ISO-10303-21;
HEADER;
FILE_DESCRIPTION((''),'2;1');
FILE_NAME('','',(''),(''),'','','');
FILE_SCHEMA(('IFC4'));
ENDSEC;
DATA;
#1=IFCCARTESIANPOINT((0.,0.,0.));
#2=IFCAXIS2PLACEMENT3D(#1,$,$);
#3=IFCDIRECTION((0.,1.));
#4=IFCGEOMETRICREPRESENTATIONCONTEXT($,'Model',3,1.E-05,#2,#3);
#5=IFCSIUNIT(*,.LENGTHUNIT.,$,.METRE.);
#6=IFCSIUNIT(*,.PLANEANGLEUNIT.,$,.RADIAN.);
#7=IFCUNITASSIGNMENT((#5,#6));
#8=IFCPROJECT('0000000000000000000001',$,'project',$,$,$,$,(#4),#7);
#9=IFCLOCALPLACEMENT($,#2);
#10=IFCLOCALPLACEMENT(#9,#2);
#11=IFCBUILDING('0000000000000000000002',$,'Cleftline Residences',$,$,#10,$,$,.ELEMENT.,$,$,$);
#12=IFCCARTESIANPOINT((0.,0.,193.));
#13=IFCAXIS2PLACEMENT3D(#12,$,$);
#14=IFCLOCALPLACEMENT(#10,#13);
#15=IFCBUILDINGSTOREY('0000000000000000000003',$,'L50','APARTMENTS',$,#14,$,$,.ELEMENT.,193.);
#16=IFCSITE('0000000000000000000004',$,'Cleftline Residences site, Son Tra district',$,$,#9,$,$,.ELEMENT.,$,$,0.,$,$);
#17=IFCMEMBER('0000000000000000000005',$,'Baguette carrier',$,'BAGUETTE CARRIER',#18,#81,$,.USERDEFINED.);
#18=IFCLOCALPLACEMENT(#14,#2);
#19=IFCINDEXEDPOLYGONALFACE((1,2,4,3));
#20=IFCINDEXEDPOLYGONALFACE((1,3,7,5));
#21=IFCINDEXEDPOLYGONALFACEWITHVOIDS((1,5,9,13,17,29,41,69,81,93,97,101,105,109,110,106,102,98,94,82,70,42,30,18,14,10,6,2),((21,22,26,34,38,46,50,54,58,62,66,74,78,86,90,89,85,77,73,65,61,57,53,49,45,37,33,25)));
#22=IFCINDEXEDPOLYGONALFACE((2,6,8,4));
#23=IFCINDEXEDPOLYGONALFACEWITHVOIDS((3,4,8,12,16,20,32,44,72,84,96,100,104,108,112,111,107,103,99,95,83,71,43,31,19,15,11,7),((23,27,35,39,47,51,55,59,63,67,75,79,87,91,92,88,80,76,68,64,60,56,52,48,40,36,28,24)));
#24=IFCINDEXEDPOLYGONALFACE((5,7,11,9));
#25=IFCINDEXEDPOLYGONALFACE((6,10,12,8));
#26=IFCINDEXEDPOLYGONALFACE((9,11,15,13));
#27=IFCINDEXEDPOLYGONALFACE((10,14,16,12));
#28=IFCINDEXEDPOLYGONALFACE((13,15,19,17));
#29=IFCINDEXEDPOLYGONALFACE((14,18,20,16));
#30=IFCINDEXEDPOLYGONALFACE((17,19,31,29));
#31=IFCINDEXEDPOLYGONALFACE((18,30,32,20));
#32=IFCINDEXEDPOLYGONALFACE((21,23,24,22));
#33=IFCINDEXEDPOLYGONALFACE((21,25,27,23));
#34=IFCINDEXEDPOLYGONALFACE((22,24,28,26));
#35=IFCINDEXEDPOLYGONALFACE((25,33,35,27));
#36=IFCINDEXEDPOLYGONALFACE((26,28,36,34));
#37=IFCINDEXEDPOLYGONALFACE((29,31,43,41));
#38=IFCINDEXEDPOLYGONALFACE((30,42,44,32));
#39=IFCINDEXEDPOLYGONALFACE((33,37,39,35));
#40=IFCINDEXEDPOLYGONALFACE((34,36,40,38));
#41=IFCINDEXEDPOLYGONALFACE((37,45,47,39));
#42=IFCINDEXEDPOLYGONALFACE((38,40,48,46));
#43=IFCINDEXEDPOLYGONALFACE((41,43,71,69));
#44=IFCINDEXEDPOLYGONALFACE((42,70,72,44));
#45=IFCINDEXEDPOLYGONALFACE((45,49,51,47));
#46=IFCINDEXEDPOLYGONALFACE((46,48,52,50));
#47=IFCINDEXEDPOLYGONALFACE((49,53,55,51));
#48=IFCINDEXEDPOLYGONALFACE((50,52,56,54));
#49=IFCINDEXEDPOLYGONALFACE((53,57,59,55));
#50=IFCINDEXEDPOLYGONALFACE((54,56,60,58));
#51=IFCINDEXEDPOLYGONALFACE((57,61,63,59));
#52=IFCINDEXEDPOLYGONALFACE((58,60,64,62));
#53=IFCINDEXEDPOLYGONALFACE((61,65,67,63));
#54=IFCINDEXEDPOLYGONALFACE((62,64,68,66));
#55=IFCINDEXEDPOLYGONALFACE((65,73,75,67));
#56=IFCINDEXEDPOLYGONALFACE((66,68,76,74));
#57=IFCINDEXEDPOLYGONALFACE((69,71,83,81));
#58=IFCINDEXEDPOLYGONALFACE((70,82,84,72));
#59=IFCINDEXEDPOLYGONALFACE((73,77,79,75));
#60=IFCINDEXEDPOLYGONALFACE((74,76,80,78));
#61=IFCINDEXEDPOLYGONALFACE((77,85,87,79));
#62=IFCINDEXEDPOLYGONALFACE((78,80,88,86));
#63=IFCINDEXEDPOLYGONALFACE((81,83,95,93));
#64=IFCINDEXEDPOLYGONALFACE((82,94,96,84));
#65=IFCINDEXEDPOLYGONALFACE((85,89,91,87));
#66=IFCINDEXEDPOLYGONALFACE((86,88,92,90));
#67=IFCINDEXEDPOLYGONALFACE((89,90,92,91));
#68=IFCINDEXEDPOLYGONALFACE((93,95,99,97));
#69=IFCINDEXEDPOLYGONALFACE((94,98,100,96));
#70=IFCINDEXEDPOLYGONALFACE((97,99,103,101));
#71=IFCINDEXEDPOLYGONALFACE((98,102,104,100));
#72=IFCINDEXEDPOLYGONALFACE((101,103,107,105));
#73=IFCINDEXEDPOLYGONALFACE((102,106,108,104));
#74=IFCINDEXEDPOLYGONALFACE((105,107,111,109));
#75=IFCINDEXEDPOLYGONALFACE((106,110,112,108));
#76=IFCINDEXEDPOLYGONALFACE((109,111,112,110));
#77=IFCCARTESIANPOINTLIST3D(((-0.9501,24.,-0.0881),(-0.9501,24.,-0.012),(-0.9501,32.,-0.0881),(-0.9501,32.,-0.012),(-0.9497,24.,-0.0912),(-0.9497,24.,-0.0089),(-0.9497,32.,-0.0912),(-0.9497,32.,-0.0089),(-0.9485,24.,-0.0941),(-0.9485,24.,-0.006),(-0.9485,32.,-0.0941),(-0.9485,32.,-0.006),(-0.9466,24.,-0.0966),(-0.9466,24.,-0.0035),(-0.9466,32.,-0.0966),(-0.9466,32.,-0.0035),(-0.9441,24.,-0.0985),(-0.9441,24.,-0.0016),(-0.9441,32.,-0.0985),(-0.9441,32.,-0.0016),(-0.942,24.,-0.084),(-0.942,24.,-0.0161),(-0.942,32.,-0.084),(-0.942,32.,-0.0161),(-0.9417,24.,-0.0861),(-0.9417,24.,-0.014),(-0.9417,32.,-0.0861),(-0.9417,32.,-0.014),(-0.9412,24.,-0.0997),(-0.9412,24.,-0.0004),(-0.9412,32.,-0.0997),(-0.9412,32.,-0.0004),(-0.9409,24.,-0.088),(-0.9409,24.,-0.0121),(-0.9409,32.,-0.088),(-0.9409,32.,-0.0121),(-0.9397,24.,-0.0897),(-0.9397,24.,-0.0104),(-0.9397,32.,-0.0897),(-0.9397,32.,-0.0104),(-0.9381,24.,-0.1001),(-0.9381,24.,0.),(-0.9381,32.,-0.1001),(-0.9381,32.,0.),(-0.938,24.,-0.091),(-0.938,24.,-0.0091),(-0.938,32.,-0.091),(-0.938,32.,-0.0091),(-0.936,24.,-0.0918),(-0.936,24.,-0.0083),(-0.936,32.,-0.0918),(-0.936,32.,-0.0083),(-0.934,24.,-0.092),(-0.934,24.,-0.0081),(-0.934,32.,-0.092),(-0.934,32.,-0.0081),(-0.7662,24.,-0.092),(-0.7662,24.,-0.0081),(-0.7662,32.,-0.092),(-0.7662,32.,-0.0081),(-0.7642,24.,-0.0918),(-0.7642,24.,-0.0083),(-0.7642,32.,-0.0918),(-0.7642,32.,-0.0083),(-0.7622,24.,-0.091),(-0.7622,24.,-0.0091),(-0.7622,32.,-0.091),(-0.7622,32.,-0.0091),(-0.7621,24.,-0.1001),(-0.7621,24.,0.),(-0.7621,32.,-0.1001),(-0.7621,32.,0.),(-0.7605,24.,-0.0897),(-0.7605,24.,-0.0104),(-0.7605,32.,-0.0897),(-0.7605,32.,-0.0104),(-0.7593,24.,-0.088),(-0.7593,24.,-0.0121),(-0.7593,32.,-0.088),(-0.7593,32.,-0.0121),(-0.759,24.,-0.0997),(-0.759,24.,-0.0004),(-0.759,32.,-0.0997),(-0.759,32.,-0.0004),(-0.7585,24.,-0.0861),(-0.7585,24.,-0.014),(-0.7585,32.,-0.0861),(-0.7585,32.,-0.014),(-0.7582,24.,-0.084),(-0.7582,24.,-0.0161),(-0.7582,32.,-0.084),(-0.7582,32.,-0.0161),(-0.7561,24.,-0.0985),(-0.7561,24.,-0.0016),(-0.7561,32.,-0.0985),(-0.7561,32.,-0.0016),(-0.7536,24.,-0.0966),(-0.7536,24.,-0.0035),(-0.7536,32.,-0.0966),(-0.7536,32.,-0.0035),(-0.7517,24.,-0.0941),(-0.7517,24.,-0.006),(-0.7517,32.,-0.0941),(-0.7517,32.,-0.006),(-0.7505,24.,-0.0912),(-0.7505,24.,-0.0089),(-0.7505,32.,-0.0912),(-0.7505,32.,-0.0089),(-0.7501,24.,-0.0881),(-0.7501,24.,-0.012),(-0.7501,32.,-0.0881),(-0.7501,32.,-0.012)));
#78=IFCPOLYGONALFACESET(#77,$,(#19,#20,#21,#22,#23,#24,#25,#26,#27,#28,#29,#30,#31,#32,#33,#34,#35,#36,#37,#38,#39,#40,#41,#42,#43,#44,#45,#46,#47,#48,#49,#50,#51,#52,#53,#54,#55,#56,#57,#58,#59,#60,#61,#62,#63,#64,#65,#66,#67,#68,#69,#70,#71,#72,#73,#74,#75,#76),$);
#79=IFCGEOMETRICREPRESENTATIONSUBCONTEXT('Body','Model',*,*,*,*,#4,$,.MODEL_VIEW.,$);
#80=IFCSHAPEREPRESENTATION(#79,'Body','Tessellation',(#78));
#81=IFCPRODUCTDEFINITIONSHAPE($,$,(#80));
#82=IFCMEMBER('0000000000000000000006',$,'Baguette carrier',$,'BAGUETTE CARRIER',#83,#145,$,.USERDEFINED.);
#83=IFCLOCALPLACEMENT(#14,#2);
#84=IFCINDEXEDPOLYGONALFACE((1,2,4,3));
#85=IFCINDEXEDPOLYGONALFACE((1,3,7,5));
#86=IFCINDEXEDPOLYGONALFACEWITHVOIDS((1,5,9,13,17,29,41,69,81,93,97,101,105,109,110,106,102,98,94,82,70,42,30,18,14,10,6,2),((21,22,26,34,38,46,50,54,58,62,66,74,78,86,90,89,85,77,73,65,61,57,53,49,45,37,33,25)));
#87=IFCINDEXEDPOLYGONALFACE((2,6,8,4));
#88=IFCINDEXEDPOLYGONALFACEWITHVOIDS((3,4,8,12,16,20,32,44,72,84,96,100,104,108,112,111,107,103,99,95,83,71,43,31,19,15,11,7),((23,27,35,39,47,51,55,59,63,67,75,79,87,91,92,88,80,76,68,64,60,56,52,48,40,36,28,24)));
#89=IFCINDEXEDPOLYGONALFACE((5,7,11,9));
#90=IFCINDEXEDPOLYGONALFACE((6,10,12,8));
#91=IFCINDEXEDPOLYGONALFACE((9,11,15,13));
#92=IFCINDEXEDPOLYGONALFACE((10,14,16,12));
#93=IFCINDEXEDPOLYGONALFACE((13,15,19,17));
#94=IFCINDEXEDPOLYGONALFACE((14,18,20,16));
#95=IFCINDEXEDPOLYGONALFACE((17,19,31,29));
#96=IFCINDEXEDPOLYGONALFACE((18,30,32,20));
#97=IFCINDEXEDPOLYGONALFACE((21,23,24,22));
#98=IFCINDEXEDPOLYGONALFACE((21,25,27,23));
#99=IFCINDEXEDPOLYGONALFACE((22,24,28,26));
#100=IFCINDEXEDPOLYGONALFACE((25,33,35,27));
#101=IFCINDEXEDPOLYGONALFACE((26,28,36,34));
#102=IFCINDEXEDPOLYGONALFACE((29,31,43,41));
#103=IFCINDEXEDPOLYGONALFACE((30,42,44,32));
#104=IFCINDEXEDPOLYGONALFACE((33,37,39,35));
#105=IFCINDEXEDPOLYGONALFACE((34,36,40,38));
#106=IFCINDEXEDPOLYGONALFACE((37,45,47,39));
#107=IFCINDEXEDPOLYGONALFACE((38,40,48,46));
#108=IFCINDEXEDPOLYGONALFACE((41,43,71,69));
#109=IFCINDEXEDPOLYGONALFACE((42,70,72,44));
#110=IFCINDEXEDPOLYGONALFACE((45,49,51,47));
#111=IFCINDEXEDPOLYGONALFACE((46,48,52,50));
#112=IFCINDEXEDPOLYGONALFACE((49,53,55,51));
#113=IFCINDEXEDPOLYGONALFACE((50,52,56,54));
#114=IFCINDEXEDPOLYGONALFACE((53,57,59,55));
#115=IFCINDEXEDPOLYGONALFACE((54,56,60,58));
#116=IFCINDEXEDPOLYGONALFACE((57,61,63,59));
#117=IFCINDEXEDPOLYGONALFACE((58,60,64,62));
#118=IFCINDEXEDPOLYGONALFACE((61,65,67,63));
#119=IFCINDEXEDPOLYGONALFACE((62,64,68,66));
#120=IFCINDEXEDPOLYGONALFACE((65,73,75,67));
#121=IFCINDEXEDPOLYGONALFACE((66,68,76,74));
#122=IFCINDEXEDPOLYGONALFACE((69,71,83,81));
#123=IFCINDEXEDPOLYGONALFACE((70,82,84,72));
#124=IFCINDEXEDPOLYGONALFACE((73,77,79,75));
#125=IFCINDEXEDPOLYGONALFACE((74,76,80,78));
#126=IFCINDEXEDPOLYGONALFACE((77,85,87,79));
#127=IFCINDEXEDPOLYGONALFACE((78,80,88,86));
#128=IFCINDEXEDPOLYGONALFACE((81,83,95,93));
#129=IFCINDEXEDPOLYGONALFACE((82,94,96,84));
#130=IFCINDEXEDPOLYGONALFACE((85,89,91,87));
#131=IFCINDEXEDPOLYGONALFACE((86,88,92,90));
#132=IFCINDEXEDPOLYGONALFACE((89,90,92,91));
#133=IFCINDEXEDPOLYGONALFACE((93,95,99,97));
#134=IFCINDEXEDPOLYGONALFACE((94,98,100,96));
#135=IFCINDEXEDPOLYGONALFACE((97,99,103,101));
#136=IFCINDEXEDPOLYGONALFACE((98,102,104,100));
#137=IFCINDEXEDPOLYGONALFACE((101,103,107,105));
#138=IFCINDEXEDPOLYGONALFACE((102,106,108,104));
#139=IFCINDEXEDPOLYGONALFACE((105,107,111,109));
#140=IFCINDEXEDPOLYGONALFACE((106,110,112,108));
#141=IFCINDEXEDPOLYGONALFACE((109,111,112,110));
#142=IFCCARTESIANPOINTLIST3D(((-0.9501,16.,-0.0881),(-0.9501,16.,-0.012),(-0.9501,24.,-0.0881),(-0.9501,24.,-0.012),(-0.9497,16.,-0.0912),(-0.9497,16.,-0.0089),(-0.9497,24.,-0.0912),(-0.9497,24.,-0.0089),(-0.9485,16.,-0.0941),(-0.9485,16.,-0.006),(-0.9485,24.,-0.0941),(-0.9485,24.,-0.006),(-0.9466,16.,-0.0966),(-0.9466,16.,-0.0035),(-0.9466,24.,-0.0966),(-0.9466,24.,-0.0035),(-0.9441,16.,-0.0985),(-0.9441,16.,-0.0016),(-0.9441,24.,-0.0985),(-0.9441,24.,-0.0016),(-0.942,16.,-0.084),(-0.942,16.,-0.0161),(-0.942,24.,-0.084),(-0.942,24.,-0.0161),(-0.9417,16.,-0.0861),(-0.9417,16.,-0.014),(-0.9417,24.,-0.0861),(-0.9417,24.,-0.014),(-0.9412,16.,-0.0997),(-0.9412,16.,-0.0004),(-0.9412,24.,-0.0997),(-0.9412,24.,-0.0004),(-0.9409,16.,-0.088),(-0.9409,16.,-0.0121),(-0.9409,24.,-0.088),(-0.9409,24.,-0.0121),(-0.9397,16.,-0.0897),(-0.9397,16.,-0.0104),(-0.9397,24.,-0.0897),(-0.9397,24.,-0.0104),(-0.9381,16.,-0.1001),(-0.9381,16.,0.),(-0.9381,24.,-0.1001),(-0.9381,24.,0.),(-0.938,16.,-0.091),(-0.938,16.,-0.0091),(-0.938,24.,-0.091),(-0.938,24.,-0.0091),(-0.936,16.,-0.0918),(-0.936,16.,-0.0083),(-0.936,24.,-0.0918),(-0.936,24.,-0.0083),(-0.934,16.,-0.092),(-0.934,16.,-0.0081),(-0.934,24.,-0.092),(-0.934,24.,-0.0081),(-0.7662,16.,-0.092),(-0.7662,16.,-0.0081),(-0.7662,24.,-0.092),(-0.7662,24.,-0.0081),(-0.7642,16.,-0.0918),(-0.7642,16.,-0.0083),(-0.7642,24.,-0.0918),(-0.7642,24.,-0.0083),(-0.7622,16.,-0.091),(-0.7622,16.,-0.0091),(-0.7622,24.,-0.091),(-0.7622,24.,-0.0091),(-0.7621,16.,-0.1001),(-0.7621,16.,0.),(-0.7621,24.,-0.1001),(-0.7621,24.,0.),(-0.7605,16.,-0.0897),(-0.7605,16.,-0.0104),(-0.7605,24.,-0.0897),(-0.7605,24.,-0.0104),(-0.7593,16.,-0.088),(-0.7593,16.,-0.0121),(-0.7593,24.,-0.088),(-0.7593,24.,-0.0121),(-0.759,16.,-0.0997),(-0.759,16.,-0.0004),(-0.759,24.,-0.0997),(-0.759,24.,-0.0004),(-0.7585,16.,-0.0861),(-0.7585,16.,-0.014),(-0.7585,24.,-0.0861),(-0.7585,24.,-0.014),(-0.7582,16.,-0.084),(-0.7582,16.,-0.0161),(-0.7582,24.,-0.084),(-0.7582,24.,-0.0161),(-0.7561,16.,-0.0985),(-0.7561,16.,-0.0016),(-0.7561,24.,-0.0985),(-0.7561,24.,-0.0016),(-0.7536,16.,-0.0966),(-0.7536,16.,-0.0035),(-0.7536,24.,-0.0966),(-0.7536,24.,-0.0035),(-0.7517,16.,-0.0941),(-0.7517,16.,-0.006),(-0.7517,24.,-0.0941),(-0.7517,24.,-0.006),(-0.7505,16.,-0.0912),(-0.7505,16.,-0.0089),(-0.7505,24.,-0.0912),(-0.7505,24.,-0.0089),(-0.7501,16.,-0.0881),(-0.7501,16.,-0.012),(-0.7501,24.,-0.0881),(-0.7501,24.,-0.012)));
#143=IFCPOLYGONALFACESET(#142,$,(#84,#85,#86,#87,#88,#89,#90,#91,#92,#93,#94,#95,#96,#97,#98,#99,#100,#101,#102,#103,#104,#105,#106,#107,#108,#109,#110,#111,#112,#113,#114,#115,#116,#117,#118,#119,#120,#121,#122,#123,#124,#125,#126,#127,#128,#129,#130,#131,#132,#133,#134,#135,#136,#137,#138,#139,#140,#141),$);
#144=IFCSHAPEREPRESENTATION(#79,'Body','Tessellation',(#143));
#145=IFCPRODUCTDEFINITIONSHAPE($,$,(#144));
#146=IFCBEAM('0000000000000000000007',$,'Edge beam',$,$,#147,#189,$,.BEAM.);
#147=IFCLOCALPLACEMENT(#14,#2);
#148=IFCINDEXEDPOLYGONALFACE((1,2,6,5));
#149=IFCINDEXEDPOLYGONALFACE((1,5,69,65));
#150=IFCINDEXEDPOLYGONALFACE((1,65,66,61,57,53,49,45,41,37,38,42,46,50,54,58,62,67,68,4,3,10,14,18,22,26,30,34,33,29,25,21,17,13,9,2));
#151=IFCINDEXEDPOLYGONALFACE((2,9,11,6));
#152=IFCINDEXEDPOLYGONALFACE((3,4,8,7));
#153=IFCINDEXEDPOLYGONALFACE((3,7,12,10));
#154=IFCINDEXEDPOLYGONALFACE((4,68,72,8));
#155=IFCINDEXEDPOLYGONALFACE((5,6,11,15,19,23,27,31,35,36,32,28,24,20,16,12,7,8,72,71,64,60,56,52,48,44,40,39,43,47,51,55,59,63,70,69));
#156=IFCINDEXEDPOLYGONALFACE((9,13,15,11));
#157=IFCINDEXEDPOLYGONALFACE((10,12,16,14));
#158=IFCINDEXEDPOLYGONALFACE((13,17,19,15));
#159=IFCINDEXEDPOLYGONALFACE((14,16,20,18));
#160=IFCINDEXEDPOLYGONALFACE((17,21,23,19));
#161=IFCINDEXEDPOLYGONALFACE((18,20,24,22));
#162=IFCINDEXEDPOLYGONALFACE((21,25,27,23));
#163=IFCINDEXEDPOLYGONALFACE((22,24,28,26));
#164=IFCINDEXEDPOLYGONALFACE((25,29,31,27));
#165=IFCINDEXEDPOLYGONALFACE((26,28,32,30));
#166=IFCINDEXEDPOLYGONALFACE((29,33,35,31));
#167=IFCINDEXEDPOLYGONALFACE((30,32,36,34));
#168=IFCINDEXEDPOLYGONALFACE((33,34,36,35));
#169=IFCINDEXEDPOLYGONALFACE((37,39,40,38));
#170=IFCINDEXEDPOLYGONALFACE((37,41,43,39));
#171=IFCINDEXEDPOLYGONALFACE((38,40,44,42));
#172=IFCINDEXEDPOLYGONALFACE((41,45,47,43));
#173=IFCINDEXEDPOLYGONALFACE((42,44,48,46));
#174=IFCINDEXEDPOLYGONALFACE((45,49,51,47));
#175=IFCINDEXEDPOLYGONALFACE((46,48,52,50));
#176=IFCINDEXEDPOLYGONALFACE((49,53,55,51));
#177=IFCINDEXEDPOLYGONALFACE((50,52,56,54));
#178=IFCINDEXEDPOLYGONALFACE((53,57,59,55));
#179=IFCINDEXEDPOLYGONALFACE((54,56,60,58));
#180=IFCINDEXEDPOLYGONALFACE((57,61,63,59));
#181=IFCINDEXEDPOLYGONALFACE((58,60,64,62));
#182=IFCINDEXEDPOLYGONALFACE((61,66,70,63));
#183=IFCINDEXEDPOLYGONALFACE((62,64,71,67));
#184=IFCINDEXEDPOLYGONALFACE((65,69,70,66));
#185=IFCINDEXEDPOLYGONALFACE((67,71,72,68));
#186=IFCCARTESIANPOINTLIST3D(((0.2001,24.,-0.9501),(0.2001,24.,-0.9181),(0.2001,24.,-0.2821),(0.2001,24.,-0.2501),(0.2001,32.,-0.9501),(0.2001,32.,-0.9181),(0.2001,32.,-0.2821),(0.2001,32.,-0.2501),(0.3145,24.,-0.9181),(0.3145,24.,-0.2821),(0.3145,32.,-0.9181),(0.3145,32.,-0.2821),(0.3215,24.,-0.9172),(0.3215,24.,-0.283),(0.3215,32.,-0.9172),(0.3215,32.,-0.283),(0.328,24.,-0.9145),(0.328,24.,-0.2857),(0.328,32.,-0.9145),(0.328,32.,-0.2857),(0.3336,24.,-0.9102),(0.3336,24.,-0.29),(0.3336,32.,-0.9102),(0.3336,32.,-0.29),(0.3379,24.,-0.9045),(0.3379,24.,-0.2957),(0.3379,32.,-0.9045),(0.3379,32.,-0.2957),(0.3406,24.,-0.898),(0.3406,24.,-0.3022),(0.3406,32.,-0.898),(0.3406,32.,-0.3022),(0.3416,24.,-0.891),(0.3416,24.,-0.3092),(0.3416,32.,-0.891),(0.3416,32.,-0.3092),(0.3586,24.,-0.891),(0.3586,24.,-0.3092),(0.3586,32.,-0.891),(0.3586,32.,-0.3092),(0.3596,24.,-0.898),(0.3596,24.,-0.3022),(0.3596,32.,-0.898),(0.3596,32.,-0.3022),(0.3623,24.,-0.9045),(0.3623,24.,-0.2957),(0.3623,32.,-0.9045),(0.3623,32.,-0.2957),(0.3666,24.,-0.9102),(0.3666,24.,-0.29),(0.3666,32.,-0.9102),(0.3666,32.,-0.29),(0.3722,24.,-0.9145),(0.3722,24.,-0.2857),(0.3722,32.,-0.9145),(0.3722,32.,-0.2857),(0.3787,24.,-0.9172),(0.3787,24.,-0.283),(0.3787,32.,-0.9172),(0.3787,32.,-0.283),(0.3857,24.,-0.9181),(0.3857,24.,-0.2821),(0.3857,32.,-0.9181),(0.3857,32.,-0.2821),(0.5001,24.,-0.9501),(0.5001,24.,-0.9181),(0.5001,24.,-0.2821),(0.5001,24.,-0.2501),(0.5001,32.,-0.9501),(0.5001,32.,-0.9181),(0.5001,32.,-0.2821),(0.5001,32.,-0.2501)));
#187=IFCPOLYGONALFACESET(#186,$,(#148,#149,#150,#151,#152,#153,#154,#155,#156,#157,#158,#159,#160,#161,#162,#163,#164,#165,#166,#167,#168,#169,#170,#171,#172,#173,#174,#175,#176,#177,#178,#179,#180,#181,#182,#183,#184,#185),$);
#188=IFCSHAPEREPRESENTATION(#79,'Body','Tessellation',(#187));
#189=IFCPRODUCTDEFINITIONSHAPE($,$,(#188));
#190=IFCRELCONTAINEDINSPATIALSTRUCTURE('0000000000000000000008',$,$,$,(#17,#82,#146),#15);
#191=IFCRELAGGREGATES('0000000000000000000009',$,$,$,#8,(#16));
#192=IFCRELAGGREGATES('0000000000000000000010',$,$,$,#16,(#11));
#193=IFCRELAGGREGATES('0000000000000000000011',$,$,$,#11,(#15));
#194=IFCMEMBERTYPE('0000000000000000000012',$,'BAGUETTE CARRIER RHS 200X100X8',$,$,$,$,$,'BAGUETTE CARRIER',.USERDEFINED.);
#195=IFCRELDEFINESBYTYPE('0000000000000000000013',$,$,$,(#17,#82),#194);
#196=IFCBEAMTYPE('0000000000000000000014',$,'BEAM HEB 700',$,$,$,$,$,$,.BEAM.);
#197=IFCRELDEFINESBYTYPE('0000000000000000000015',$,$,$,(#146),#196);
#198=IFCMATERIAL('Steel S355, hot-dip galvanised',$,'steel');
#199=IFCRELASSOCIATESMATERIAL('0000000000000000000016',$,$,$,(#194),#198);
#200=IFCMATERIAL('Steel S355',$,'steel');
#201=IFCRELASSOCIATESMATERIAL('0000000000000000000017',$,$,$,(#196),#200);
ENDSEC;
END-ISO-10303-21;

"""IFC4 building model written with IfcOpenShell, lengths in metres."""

from ifc_helpers import new_model, si_unit, direction, frame, origin, origin_2d, place, context, subcontext, project, spatial, hollow_rectangle, i_section, extrude, material, material_profile, profile_set, type_object, element, save


model = new_model("IFC4")

# Units and contexts
model_context = context("Model", 3, precision=1e-05, world=origin(), true_north=direction((0.0, 1.0)))
body_context = subcontext(model_context, "Body", "Model", "MODEL_VIEW")
ifc_project = project(units=[si_unit("LENGTHUNIT", "METRE"), si_unit("PLANEANGLEUNIT", "RADIAN")], contexts=[model_context])

# Site, building, storey
site_placement = place(None, origin())
site = spatial("IfcSite", under=ifc_project, at=site_placement, Name="Cleftline Residences site, Son Tra district", CompositionType="ELEMENT", RefElevation=0.0)
building_placement = place(site_placement, origin())
building = spatial("IfcBuilding", under=site, at=building_placement, Name="Cleftline Residences", CompositionType="ELEMENT")
storey_placement = place(building_placement, frame((0.0, 0.0, 193.0)))
storey = spatial("IfcBuildingStorey", under=building, at=storey_placement, Name="L50", Description="APARTMENTS", CompositionType="ELEMENT", Elevation=193.0)

# Members
ifc_material_1 = material(Name="Steel S355, hot-dip galvanised", Category="steel")
ifc_material_profile_1 = material_profile(ifc_material_1, hollow_rectangle(XDim=0.1001, YDim=0.2, WallThickness=0.0081, InnerFilletRadius=0.0081, OuterFilletRadius=0.012, at=origin_2d()))
ifc_profile_set_1 = profile_set([ifc_material_profile_1], Name="Steel S355, hot-dip galvanised")
member_type_1 = type_object("IfcMemberType", Name="BAGUETTE CARRIER RHS 200X100X8", ElementType="BAGUETTE CARRIER", PredefinedType="USERDEFINED", material=ifc_profile_set_1)
for number, where, z_axis, x_axis, name in (
    (1, (-0.8501, 32.0, -0.05), (0.0, -1.0, 0.0), (0.0, 0.0, 1.0), "Baguette carrier"),
    (2, (-0.8501, 24.0, -0.05), (0.0, -1.0, 0.0), (0.0, 0.0, 1.0), "Baguette carrier"),
):
    element("IfcMember", number, at=place(storey_placement, frame(where, z_axis=z_axis, x_axis=x_axis)), inside=storey, type_object=member_type_1, Name=name, ObjectType="BAGUETTE CARRIER", PredefinedType="USERDEFINED", context=body_context, shape_type="SweptSolid", body=[
        extrude(hollow_rectangle(XDim=0.1001, YDim=0.2, WallThickness=0.0081, InnerFilletRadius=0.0081, OuterFilletRadius=0.012, at=origin_2d()), origin(), (0.0, 0.0, 1.0), 8.0),
    ])

# Beam
ifc_material_2 = material(Name="Steel S355", Category="steel")
ifc_material_profile_2 = material_profile(ifc_material_2, i_section(OverallWidth=0.3, OverallDepth=0.7, WebThickness=0.0171, FlangeThickness=0.032, FilletRadius=0.0271, at=origin_2d()))
ifc_profile_set_2 = profile_set([ifc_material_profile_2], Name="Steel S355")
beam_type_1 = type_object("IfcBeamType", Name="BEAM HEB 700", PredefinedType="BEAM", material=ifc_profile_set_2)
for number, where, z_axis, x_axis, name in (
    (3, (0.3501, 24.0, -0.6001), (0.0, 1.0, 0.0), (-1.0, 0.0, 0.0), "Edge beam"),
):
    element("IfcBeam", number, at=place(storey_placement, frame(where, z_axis=z_axis, x_axis=x_axis)), inside=storey, type_object=beam_type_1, Name=name, PredefinedType="BEAM", context=body_context, shape_type="SweptSolid", body=[
        extrude(i_section(OverallWidth=0.3, OverallDepth=0.7, WebThickness=0.0171, FlangeThickness=0.032, FilletRadius=0.0271, at=origin_2d()), origin(), (0.0, 0.0, 1.0), 8.0),
    ])

save(model, "model.ifc")
